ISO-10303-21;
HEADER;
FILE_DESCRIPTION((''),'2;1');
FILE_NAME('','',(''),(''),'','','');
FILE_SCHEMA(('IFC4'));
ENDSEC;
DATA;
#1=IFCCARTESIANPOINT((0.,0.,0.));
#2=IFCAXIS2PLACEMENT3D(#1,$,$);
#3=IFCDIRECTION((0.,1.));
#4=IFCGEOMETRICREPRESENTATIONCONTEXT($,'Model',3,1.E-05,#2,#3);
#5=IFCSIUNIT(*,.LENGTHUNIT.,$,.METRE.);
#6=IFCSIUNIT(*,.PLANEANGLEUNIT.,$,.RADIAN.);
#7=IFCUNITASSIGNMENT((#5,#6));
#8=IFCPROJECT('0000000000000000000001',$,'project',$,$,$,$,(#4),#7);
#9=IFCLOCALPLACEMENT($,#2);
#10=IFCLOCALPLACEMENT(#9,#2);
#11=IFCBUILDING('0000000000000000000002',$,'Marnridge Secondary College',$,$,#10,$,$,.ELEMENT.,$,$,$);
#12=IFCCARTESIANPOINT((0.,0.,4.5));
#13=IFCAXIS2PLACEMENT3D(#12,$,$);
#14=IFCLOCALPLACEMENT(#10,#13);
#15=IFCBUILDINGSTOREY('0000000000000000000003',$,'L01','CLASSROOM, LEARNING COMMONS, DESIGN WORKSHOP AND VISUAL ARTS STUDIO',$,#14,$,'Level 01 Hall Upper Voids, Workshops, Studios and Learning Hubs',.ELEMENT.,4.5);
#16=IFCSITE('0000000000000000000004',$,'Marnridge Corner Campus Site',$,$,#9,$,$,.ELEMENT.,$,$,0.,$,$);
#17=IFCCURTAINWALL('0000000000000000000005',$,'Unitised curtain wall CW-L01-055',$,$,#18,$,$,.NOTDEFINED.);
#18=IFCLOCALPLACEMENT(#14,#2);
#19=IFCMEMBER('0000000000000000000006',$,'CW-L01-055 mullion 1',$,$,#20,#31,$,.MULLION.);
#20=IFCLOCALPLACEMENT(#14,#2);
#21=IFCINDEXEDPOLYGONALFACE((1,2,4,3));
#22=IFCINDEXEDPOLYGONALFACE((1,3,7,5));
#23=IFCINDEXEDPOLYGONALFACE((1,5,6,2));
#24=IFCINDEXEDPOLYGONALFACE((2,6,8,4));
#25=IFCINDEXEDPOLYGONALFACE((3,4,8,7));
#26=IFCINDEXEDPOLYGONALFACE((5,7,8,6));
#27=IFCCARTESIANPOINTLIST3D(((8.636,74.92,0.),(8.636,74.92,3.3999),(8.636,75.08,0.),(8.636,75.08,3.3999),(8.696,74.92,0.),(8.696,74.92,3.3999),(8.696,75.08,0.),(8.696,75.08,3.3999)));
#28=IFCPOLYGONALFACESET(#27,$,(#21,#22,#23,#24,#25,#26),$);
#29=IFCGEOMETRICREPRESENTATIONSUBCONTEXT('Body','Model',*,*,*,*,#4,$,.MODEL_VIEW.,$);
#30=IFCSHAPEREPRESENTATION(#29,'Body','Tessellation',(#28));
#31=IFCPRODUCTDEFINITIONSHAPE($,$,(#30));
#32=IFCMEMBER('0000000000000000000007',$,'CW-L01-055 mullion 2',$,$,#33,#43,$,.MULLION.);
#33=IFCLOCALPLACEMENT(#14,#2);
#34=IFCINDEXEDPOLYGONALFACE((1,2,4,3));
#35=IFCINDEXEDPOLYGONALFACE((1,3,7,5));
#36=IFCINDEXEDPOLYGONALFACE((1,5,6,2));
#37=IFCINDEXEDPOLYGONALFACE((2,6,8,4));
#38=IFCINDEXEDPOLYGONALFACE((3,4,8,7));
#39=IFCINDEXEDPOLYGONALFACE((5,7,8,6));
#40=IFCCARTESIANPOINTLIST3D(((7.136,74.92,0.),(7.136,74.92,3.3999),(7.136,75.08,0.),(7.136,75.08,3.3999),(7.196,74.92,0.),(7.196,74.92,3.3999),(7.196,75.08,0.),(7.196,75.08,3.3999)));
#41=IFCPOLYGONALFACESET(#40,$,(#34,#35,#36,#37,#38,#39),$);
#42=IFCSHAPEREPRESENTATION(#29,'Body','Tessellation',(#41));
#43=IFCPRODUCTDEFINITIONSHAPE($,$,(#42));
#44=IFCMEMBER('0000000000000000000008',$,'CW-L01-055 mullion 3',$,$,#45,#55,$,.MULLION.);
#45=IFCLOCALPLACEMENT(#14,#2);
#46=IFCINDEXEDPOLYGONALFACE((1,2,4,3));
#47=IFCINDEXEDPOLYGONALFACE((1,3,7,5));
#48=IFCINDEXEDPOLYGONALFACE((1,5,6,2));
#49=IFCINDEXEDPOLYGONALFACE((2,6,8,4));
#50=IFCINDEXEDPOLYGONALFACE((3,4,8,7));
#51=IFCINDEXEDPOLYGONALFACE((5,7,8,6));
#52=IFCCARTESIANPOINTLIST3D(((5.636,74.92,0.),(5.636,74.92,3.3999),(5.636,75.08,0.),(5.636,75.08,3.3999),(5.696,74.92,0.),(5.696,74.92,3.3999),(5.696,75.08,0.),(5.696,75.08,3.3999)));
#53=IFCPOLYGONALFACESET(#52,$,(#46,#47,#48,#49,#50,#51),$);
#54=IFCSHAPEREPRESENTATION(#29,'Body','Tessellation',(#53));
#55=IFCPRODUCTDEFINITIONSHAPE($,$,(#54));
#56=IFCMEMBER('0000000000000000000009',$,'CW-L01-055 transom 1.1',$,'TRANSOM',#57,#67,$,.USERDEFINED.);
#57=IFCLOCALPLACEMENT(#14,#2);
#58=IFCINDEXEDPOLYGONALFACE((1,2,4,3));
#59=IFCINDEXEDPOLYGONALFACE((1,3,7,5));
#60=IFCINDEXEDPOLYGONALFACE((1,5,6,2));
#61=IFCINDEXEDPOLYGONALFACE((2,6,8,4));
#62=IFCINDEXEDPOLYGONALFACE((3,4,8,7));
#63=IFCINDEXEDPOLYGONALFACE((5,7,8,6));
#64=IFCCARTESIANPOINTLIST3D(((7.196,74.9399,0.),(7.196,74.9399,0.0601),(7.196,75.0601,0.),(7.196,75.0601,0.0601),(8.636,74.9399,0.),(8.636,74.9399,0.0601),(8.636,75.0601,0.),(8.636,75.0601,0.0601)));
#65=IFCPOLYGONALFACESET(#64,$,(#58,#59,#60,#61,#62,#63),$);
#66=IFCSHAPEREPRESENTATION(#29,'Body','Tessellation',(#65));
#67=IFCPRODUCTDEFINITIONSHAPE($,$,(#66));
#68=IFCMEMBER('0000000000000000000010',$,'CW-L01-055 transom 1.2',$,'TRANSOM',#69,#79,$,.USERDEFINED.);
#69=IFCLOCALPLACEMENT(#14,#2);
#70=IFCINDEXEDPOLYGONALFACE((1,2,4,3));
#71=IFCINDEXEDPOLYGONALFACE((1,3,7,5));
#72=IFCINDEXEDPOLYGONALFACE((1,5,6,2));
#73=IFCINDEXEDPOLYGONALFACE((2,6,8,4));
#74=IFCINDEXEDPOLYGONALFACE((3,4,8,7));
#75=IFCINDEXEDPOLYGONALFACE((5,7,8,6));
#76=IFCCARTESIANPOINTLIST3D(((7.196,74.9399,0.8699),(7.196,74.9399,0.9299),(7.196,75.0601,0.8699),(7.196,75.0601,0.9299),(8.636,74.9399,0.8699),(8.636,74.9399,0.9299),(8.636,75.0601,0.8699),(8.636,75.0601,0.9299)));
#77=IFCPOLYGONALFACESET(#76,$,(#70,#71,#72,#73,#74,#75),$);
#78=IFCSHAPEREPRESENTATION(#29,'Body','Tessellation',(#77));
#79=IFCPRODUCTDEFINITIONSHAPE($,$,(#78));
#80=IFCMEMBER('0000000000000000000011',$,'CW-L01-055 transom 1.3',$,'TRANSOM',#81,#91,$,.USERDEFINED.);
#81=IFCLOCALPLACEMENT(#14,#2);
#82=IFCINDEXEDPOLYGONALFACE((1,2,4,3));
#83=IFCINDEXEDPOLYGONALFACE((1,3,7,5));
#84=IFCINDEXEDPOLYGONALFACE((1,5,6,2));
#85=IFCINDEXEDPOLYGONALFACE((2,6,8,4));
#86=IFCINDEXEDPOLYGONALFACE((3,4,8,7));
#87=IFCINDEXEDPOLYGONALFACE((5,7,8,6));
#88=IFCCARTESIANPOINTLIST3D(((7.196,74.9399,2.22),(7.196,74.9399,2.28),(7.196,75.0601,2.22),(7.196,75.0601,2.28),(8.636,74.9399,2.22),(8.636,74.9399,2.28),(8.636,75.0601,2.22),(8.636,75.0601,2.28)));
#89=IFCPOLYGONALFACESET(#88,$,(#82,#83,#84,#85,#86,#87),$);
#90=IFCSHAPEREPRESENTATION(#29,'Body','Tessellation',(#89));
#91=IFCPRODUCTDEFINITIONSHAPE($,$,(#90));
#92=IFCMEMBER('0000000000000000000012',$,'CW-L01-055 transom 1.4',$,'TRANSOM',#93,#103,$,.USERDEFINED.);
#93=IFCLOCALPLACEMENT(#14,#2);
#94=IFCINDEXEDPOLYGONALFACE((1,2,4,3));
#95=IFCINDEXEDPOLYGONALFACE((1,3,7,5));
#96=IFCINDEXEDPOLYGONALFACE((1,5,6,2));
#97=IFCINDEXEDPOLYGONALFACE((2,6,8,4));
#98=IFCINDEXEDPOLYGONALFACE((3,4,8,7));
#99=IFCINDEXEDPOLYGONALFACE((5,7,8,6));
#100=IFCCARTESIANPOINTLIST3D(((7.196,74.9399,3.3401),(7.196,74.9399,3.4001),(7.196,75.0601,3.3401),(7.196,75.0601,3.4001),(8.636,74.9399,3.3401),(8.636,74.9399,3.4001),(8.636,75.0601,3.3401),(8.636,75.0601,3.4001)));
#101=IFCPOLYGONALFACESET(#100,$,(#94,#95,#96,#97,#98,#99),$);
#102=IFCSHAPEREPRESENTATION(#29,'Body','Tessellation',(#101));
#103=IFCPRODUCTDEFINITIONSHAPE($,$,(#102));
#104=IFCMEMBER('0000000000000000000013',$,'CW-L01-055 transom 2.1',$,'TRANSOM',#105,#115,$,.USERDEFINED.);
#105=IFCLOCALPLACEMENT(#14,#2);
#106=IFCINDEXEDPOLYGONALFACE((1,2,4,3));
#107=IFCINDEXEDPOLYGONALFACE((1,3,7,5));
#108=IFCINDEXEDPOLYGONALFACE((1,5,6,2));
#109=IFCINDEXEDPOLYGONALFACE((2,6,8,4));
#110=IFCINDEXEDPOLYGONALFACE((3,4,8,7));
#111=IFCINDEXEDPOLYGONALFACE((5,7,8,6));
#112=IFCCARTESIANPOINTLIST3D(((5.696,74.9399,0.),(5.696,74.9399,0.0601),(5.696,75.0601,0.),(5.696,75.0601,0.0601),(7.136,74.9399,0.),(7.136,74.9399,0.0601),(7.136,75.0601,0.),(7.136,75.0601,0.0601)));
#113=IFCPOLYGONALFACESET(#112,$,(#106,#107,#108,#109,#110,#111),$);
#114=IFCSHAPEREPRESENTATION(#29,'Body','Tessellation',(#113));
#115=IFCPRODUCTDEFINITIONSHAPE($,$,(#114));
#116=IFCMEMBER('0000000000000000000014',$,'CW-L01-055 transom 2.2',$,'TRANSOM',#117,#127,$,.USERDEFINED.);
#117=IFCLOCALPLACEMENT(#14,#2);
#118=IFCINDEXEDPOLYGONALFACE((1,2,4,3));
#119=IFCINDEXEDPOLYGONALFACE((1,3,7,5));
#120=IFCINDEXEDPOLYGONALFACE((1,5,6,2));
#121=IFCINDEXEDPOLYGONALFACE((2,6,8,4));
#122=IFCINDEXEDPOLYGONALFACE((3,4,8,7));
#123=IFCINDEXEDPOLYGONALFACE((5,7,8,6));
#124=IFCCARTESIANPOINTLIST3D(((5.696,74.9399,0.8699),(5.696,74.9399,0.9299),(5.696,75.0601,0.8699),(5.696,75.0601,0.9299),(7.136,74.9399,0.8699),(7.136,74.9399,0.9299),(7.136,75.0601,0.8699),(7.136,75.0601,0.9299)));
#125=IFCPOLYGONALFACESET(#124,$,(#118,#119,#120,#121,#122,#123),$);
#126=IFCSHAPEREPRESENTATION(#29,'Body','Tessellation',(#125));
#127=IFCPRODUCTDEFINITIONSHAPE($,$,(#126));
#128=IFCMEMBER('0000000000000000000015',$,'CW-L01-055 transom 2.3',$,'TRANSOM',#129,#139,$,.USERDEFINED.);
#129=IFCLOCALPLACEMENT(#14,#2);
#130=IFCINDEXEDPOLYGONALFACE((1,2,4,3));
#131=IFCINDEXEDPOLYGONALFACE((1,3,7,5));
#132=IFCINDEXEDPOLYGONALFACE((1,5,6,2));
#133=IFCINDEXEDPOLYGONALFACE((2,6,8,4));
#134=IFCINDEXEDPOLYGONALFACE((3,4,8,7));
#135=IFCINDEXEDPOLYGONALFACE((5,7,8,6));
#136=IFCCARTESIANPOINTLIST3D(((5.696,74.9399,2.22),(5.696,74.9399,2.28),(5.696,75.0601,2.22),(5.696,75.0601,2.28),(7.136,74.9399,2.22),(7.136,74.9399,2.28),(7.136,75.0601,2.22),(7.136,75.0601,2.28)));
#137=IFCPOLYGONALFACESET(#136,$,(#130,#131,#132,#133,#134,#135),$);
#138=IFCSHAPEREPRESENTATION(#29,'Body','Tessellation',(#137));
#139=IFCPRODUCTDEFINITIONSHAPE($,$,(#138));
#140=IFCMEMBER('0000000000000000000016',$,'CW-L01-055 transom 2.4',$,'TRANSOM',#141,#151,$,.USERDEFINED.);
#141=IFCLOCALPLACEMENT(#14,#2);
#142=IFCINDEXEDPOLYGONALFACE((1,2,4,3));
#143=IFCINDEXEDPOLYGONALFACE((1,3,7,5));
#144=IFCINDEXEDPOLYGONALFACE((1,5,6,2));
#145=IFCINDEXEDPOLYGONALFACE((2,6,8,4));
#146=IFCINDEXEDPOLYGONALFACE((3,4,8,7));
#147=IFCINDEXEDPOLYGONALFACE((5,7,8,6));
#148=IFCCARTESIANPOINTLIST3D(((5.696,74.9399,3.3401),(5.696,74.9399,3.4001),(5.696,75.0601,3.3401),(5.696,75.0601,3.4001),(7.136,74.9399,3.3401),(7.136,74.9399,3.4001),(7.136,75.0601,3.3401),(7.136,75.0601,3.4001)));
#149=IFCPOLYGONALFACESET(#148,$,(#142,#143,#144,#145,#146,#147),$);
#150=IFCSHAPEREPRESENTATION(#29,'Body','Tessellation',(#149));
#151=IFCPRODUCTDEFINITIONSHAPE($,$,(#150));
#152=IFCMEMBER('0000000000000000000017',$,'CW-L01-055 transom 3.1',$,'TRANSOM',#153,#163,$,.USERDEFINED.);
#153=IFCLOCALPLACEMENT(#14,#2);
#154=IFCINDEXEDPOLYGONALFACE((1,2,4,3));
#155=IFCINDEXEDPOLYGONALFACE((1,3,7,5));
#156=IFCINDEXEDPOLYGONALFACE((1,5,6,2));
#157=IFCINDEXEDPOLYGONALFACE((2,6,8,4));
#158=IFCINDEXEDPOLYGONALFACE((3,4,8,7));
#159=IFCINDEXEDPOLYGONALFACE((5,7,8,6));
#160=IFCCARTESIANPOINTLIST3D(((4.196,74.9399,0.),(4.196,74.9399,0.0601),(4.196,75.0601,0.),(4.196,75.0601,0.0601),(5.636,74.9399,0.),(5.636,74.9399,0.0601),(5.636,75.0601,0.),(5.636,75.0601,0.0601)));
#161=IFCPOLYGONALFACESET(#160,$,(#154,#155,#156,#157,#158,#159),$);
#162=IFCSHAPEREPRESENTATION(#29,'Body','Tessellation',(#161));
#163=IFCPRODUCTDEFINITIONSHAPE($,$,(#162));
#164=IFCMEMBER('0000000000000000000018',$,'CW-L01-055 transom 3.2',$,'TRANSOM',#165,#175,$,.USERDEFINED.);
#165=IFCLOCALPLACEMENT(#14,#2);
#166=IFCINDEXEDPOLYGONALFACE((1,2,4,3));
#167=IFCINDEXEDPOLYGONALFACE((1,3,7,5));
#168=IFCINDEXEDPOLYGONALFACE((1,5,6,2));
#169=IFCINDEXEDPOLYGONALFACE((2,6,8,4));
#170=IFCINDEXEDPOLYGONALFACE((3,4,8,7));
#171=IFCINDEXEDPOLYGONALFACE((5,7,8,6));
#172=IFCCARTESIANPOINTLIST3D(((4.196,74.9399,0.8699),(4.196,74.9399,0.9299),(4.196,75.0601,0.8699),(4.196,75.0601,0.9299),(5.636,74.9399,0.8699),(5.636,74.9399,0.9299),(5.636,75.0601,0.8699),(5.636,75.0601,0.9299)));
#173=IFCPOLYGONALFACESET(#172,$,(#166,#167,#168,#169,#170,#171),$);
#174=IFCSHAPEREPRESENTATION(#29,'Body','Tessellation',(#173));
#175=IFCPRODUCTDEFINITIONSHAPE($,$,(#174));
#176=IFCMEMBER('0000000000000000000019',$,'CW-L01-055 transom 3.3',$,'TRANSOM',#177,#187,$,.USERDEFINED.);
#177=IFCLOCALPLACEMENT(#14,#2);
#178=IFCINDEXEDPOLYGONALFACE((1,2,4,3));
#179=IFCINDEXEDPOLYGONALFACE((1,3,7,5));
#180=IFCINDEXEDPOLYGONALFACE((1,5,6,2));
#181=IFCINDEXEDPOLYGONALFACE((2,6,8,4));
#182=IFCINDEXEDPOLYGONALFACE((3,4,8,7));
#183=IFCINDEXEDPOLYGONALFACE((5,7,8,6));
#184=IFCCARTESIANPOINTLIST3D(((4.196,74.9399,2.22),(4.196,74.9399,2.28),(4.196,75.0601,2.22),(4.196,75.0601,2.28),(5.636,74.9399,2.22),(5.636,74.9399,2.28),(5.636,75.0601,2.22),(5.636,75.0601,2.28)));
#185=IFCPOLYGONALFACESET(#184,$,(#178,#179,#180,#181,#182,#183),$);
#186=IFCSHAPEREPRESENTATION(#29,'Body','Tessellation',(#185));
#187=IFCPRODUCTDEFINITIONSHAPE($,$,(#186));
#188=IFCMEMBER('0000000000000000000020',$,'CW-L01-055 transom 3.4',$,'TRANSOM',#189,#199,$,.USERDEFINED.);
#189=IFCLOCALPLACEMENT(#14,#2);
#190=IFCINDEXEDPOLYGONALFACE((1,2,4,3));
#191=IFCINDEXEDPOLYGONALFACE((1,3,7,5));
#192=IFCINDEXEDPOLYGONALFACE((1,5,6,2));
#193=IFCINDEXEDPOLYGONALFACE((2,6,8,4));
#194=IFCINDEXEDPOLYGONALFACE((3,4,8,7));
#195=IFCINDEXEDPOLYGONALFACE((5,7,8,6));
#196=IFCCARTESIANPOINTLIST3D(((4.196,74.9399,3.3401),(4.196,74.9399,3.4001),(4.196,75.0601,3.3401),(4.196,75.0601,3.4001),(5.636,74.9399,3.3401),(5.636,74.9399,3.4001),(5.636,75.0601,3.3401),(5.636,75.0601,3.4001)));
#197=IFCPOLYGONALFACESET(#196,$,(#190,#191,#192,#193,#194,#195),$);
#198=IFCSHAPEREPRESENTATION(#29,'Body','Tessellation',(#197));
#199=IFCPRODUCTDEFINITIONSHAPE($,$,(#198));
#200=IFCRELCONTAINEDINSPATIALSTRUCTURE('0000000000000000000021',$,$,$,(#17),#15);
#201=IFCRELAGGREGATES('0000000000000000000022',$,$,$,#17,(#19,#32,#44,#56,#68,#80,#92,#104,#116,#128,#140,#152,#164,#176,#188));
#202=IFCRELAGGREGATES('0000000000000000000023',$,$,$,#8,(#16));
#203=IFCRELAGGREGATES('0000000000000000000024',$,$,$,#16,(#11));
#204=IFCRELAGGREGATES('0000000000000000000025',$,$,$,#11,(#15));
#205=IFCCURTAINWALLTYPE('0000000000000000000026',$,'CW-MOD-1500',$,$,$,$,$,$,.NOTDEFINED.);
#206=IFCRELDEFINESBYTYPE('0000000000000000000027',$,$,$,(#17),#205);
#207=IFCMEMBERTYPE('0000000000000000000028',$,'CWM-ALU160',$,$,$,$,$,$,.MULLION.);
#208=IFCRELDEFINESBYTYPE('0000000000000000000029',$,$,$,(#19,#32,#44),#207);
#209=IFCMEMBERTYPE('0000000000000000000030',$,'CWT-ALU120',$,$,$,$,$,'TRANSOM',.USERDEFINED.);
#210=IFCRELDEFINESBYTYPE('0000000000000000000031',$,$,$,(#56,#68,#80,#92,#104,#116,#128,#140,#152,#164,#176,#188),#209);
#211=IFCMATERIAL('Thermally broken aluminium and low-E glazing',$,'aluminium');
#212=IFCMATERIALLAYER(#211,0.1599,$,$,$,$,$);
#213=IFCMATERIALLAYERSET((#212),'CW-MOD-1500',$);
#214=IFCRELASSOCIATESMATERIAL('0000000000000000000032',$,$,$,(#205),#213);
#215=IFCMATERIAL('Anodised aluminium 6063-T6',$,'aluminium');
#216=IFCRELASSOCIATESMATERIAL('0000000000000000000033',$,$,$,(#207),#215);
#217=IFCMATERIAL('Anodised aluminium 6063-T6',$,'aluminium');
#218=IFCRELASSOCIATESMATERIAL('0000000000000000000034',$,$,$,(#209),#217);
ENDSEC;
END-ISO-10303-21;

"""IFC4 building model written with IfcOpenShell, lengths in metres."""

from ifc_helpers import new_model, si_unit, direction, frame, origin, origin_2d, place, context, subcontext, project, spatial, rectangle, extrude, material, layer, layer_set, material_profile, profile_set, type_object, element, aggregate, save


model = new_model("IFC4")

# Units and contexts
model_context = context("Model", 3, precision=1e-05, world=origin(), true_north=direction((0.0, 1.0)))
body_context = subcontext(model_context, "Body", "Model", "MODEL_VIEW")
ifc_project = project(units=[si_unit("LENGTHUNIT", "METRE"), si_unit("PLANEANGLEUNIT", "RADIAN")], contexts=[model_context])

# Site, building, storey
site_placement = place(None, origin())
site = spatial("IfcSite", under=ifc_project, at=site_placement, Name="Marnridge Corner Campus Site", CompositionType="ELEMENT", RefElevation=0.0)
building_placement = place(site_placement, origin())
building = spatial("IfcBuilding", under=site, at=building_placement, Name="Marnridge Secondary College", CompositionType="ELEMENT")
storey_placement = place(building_placement, frame((0.0, 0.0, 4.5)))
storey = spatial("IfcBuildingStorey", under=building, at=storey_placement, Name="L01", Description="CLASSROOM, LEARNING COMMONS, DESIGN WORKSHOP AND VISUAL ARTS STUDIO", LongName="Level 01 Hall Upper Voids, Workshops, Studios and Learning Hubs", CompositionType="ELEMENT", Elevation=4.5)

# Curtain wall, members
ifc_material_1 = material(Name="Thermally broken aluminium and low-E glazing", Category="aluminium")
ifc_layer_1 = layer(ifc_material_1, 0.1599)
ifc_layer_set_1 = layer_set([ifc_layer_1], Name="CW-MOD-1500")
curtain_wall_type = type_object("IfcCurtainWallType", Name="CW-MOD-1500", PredefinedType="NOTDEFINED", material=ifc_layer_set_1)
curtain_wall_placement = place(storey_placement, origin())
curtain_wall = element("IfcCurtainWall", 1, at=curtain_wall_placement, inside=storey, type_object=curtain_wall_type, Name="Unitised curtain wall CW-L01-055", PredefinedType="NOTDEFINED")
ifc_material_2 = material(Name="Anodised aluminium 6063-T6", Category="aluminium")
ifc_material_profile_1 = material_profile(ifc_material_2, rectangle(XDim=0.0601, YDim=0.1599, at=origin_2d()), Name="ALU 60x160")
ifc_profile_set_1 = profile_set([ifc_material_profile_1], Name="Anodised aluminium 6063-T6")
member_type_1 = type_object("IfcMemberType", Name="CWM-ALU160", PredefinedType="MULLION", material=ifc_profile_set_1)
member_1_placement = place(storey_placement, frame((8.666, 75.0, 0.0), z_axis=(0.0, 0.0, 1.0), x_axis=(-1.0, 0.0, 0.0)))
member_1 = element("IfcMember", 2, at=member_1_placement, type_object=member_type_1, Name="CW-L01-055 mullion 1", PredefinedType="MULLION", context=body_context, shape_type="SweptSolid", body=[
    extrude(rectangle(XDim=0.0601, YDim=0.1599, at=origin_2d()), origin(), (0.0, 0.0, 1.0), 3.3999),
])
member_2_placement = place(storey_placement, frame((7.166, 75.0, 0.0), z_axis=(0.0, 0.0, 1.0), x_axis=(-1.0, 0.0, 0.0)))
member_2 = element("IfcMember", 3, at=member_2_placement, type_object=member_type_1, Name="CW-L01-055 mullion 2", PredefinedType="MULLION", context=body_context, shape_type="SweptSolid", body=[
    extrude(rectangle(XDim=0.0601, YDim=0.1599, at=origin_2d()), origin(), (0.0, 0.0, 1.0), 3.3999),
])
member_3_placement = place(storey_placement, frame((5.666, 75.0, 0.0), z_axis=(0.0, 0.0, 1.0), x_axis=(-1.0, 0.0, 0.0)))
member_3 = element("IfcMember", 4, at=member_3_placement, type_object=member_type_1, Name="CW-L01-055 mullion 3", PredefinedType="MULLION", context=body_context, shape_type="SweptSolid", body=[
    extrude(rectangle(XDim=0.0601, YDim=0.1599, at=origin_2d()), origin(), (0.0, 0.0, 1.0), 3.3999),
])
ifc_material_3 = material(Name="Anodised aluminium 6063-T6", Category="aluminium")
ifc_material_profile_2 = material_profile(ifc_material_3, rectangle(XDim=0.0601, YDim=0.1201, at=origin_2d()), Name="ALU 60x120")
ifc_profile_set_2 = profile_set([ifc_material_profile_2], Name="Anodised aluminium 6063-T6")
member_type_2 = type_object("IfcMemberType", Name="CWT-ALU120", ElementType="TRANSOM", PredefinedType="USERDEFINED", material=ifc_profile_set_2)
member_4_placement = place(storey_placement, frame((8.636, 75.0, 0.03), z_axis=(-1.0, 0.0, 0.0), x_axis=(0.0, 0.0, 1.0)))
member_4 = element("IfcMember", 5, at=member_4_placement, type_object=member_type_2, Name="CW-L01-055 transom 1.1", ObjectType="TRANSOM", PredefinedType="USERDEFINED", context=body_context, shape_type="SweptSolid", body=[
    extrude(rectangle(XDim=0.0601, YDim=0.1201, at=origin_2d()), origin(), (0.0, 0.0, 1.0), 1.4399),
])
member_5_placement = place(storey_placement, frame((8.636, 75.0, 0.8999), z_axis=(-1.0, 0.0, 0.0), x_axis=(0.0, 0.0, 1.0)))
member_5 = element("IfcMember", 6, at=member_5_placement, type_object=member_type_2, Name="CW-L01-055 transom 1.2", ObjectType="TRANSOM", PredefinedType="USERDEFINED", context=body_context, shape_type="SweptSolid", body=[
    extrude(rectangle(XDim=0.0601, YDim=0.1201, at=origin_2d()), origin(), (0.0, 0.0, 1.0), 1.4399),
])
member_6_placement = place(storey_placement, frame((8.636, 75.0, 2.25), z_axis=(-1.0, 0.0, 0.0), x_axis=(0.0, 0.0, 1.0)))
member_6 = element("IfcMember", 7, at=member_6_placement, type_object=member_type_2, Name="CW-L01-055 transom 1.3", ObjectType="TRANSOM", PredefinedType="USERDEFINED", context=body_context, shape_type="SweptSolid", body=[
    extrude(rectangle(XDim=0.0601, YDim=0.1201, at=origin_2d()), origin(), (0.0, 0.0, 1.0), 1.4399),
])
member_7_placement = place(storey_placement, frame((8.636, 75.0, 3.3701), z_axis=(-1.0, 0.0, 0.0), x_axis=(0.0, 0.0, 1.0)))
member_7 = element("IfcMember", 8, at=member_7_placement, type_object=member_type_2, Name="CW-L01-055 transom 1.4", ObjectType="TRANSOM", PredefinedType="USERDEFINED", context=body_context, shape_type="SweptSolid", body=[
    extrude(rectangle(XDim=0.0601, YDim=0.1201, at=origin_2d()), origin(), (0.0, 0.0, 1.0), 1.4399),
])
member_8_placement = place(storey_placement, frame((7.136, 75.0, 0.03), z_axis=(-1.0, 0.0, 0.0), x_axis=(0.0, 0.0, 1.0)))
member_8 = element("IfcMember", 9, at=member_8_placement, type_object=member_type_2, Name="CW-L01-055 transom 2.1", ObjectType="TRANSOM", PredefinedType="USERDEFINED", context=body_context, shape_type="SweptSolid", body=[
    extrude(rectangle(XDim=0.0601, YDim=0.1201, at=origin_2d()), origin(), (0.0, 0.0, 1.0), 1.4399),
])
member_9_placement = place(storey_placement, frame((7.136, 75.0, 0.8999), z_axis=(-1.0, 0.0, 0.0), x_axis=(0.0, 0.0, 1.0)))
member_9 = element("IfcMember", 10, at=member_9_placement, type_object=member_type_2, Name="CW-L01-055 transom 2.2", ObjectType="TRANSOM", PredefinedType="USERDEFINED", context=body_context, shape_type="SweptSolid", body=[
    extrude(rectangle(XDim=0.0601, YDim=0.1201, at=origin_2d()), origin(), (0.0, 0.0, 1.0), 1.4399),
])
member_10_placement = place(storey_placement, frame((7.136, 75.0, 2.25), z_axis=(-1.0, 0.0, 0.0), x_axis=(0.0, 0.0, 1.0)))
member_10 = element("IfcMember", 11, at=member_10_placement, type_object=member_type_2, Name="CW-L01-055 transom 2.3", ObjectType="TRANSOM", PredefinedType="USERDEFINED", context=body_context, shape_type="SweptSolid", body=[
    extrude(rectangle(XDim=0.0601, YDim=0.1201, at=origin_2d()), origin(), (0.0, 0.0, 1.0), 1.4399),
])
member_11_placement = place(storey_placement, frame((7.136, 75.0, 3.3701), z_axis=(-1.0, 0.0, 0.0), x_axis=(0.0, 0.0, 1.0)))
member_11 = element("IfcMember", 12, at=member_11_placement, type_object=member_type_2, Name="CW-L01-055 transom 2.4", ObjectType="TRANSOM", PredefinedType="USERDEFINED", context=body_context, shape_type="SweptSolid", body=[
    extrude(rectangle(XDim=0.0601, YDim=0.1201, at=origin_2d()), origin(), (0.0, 0.0, 1.0), 1.4399),
])
member_12_placement = place(storey_placement, frame((5.636, 75.0, 0.03), z_axis=(-1.0, 0.0, 0.0), x_axis=(0.0, 0.0, 1.0)))
member_12 = element("IfcMember", 13, at=member_12_placement, type_object=member_type_2, Name="CW-L01-055 transom 3.1", ObjectType="TRANSOM", PredefinedType="USERDEFINED", context=body_context, shape_type="SweptSolid", body=[
    extrude(rectangle(XDim=0.0601, YDim=0.1201, at=origin_2d()), origin(), (0.0, 0.0, 1.0), 1.4399),
])
member_13_placement = place(storey_placement, frame((5.636, 75.0, 0.8999), z_axis=(-1.0, 0.0, 0.0), x_axis=(0.0, 0.0, 1.0)))
member_13 = element("IfcMember", 14, at=member_13_placement, type_object=member_type_2, Name="CW-L01-055 transom 3.2", ObjectType="TRANSOM", PredefinedType="USERDEFINED", context=body_context, shape_type="SweptSolid", body=[
    extrude(rectangle(XDim=0.0601, YDim=0.1201, at=origin_2d()), origin(), (0.0, 0.0, 1.0), 1.4399),
])
member_14_placement = place(storey_placement, frame((5.636, 75.0, 2.25), z_axis=(-1.0, 0.0, 0.0), x_axis=(0.0, 0.0, 1.0)))
member_14 = element("IfcMember", 15, at=member_14_placement, type_object=member_type_2, Name="CW-L01-055 transom 3.3", ObjectType="TRANSOM", PredefinedType="USERDEFINED", context=body_context, shape_type="SweptSolid", body=[
    extrude(rectangle(XDim=0.0601, YDim=0.1201, at=origin_2d()), origin(), (0.0, 0.0, 1.0), 1.4399),
])
member_15_placement = place(storey_placement, frame((5.636, 75.0, 3.3701), z_axis=(-1.0, 0.0, 0.0), x_axis=(0.0, 0.0, 1.0)))
member_15 = element("IfcMember", 16, at=member_15_placement, type_object=member_type_2, Name="CW-L01-055 transom 3.4", ObjectType="TRANSOM", PredefinedType="USERDEFINED", context=body_context, shape_type="SweptSolid", body=[
    extrude(rectangle(XDim=0.0601, YDim=0.1201, at=origin_2d()), origin(), (0.0, 0.0, 1.0), 1.4399),
])
aggregate(curtain_wall, [member_1, member_2, member_3, member_4, member_5, member_6, member_7, member_8, member_9, member_10, member_11, member_12, member_13, member_14, member_15])

save(model, "model.ifc")
